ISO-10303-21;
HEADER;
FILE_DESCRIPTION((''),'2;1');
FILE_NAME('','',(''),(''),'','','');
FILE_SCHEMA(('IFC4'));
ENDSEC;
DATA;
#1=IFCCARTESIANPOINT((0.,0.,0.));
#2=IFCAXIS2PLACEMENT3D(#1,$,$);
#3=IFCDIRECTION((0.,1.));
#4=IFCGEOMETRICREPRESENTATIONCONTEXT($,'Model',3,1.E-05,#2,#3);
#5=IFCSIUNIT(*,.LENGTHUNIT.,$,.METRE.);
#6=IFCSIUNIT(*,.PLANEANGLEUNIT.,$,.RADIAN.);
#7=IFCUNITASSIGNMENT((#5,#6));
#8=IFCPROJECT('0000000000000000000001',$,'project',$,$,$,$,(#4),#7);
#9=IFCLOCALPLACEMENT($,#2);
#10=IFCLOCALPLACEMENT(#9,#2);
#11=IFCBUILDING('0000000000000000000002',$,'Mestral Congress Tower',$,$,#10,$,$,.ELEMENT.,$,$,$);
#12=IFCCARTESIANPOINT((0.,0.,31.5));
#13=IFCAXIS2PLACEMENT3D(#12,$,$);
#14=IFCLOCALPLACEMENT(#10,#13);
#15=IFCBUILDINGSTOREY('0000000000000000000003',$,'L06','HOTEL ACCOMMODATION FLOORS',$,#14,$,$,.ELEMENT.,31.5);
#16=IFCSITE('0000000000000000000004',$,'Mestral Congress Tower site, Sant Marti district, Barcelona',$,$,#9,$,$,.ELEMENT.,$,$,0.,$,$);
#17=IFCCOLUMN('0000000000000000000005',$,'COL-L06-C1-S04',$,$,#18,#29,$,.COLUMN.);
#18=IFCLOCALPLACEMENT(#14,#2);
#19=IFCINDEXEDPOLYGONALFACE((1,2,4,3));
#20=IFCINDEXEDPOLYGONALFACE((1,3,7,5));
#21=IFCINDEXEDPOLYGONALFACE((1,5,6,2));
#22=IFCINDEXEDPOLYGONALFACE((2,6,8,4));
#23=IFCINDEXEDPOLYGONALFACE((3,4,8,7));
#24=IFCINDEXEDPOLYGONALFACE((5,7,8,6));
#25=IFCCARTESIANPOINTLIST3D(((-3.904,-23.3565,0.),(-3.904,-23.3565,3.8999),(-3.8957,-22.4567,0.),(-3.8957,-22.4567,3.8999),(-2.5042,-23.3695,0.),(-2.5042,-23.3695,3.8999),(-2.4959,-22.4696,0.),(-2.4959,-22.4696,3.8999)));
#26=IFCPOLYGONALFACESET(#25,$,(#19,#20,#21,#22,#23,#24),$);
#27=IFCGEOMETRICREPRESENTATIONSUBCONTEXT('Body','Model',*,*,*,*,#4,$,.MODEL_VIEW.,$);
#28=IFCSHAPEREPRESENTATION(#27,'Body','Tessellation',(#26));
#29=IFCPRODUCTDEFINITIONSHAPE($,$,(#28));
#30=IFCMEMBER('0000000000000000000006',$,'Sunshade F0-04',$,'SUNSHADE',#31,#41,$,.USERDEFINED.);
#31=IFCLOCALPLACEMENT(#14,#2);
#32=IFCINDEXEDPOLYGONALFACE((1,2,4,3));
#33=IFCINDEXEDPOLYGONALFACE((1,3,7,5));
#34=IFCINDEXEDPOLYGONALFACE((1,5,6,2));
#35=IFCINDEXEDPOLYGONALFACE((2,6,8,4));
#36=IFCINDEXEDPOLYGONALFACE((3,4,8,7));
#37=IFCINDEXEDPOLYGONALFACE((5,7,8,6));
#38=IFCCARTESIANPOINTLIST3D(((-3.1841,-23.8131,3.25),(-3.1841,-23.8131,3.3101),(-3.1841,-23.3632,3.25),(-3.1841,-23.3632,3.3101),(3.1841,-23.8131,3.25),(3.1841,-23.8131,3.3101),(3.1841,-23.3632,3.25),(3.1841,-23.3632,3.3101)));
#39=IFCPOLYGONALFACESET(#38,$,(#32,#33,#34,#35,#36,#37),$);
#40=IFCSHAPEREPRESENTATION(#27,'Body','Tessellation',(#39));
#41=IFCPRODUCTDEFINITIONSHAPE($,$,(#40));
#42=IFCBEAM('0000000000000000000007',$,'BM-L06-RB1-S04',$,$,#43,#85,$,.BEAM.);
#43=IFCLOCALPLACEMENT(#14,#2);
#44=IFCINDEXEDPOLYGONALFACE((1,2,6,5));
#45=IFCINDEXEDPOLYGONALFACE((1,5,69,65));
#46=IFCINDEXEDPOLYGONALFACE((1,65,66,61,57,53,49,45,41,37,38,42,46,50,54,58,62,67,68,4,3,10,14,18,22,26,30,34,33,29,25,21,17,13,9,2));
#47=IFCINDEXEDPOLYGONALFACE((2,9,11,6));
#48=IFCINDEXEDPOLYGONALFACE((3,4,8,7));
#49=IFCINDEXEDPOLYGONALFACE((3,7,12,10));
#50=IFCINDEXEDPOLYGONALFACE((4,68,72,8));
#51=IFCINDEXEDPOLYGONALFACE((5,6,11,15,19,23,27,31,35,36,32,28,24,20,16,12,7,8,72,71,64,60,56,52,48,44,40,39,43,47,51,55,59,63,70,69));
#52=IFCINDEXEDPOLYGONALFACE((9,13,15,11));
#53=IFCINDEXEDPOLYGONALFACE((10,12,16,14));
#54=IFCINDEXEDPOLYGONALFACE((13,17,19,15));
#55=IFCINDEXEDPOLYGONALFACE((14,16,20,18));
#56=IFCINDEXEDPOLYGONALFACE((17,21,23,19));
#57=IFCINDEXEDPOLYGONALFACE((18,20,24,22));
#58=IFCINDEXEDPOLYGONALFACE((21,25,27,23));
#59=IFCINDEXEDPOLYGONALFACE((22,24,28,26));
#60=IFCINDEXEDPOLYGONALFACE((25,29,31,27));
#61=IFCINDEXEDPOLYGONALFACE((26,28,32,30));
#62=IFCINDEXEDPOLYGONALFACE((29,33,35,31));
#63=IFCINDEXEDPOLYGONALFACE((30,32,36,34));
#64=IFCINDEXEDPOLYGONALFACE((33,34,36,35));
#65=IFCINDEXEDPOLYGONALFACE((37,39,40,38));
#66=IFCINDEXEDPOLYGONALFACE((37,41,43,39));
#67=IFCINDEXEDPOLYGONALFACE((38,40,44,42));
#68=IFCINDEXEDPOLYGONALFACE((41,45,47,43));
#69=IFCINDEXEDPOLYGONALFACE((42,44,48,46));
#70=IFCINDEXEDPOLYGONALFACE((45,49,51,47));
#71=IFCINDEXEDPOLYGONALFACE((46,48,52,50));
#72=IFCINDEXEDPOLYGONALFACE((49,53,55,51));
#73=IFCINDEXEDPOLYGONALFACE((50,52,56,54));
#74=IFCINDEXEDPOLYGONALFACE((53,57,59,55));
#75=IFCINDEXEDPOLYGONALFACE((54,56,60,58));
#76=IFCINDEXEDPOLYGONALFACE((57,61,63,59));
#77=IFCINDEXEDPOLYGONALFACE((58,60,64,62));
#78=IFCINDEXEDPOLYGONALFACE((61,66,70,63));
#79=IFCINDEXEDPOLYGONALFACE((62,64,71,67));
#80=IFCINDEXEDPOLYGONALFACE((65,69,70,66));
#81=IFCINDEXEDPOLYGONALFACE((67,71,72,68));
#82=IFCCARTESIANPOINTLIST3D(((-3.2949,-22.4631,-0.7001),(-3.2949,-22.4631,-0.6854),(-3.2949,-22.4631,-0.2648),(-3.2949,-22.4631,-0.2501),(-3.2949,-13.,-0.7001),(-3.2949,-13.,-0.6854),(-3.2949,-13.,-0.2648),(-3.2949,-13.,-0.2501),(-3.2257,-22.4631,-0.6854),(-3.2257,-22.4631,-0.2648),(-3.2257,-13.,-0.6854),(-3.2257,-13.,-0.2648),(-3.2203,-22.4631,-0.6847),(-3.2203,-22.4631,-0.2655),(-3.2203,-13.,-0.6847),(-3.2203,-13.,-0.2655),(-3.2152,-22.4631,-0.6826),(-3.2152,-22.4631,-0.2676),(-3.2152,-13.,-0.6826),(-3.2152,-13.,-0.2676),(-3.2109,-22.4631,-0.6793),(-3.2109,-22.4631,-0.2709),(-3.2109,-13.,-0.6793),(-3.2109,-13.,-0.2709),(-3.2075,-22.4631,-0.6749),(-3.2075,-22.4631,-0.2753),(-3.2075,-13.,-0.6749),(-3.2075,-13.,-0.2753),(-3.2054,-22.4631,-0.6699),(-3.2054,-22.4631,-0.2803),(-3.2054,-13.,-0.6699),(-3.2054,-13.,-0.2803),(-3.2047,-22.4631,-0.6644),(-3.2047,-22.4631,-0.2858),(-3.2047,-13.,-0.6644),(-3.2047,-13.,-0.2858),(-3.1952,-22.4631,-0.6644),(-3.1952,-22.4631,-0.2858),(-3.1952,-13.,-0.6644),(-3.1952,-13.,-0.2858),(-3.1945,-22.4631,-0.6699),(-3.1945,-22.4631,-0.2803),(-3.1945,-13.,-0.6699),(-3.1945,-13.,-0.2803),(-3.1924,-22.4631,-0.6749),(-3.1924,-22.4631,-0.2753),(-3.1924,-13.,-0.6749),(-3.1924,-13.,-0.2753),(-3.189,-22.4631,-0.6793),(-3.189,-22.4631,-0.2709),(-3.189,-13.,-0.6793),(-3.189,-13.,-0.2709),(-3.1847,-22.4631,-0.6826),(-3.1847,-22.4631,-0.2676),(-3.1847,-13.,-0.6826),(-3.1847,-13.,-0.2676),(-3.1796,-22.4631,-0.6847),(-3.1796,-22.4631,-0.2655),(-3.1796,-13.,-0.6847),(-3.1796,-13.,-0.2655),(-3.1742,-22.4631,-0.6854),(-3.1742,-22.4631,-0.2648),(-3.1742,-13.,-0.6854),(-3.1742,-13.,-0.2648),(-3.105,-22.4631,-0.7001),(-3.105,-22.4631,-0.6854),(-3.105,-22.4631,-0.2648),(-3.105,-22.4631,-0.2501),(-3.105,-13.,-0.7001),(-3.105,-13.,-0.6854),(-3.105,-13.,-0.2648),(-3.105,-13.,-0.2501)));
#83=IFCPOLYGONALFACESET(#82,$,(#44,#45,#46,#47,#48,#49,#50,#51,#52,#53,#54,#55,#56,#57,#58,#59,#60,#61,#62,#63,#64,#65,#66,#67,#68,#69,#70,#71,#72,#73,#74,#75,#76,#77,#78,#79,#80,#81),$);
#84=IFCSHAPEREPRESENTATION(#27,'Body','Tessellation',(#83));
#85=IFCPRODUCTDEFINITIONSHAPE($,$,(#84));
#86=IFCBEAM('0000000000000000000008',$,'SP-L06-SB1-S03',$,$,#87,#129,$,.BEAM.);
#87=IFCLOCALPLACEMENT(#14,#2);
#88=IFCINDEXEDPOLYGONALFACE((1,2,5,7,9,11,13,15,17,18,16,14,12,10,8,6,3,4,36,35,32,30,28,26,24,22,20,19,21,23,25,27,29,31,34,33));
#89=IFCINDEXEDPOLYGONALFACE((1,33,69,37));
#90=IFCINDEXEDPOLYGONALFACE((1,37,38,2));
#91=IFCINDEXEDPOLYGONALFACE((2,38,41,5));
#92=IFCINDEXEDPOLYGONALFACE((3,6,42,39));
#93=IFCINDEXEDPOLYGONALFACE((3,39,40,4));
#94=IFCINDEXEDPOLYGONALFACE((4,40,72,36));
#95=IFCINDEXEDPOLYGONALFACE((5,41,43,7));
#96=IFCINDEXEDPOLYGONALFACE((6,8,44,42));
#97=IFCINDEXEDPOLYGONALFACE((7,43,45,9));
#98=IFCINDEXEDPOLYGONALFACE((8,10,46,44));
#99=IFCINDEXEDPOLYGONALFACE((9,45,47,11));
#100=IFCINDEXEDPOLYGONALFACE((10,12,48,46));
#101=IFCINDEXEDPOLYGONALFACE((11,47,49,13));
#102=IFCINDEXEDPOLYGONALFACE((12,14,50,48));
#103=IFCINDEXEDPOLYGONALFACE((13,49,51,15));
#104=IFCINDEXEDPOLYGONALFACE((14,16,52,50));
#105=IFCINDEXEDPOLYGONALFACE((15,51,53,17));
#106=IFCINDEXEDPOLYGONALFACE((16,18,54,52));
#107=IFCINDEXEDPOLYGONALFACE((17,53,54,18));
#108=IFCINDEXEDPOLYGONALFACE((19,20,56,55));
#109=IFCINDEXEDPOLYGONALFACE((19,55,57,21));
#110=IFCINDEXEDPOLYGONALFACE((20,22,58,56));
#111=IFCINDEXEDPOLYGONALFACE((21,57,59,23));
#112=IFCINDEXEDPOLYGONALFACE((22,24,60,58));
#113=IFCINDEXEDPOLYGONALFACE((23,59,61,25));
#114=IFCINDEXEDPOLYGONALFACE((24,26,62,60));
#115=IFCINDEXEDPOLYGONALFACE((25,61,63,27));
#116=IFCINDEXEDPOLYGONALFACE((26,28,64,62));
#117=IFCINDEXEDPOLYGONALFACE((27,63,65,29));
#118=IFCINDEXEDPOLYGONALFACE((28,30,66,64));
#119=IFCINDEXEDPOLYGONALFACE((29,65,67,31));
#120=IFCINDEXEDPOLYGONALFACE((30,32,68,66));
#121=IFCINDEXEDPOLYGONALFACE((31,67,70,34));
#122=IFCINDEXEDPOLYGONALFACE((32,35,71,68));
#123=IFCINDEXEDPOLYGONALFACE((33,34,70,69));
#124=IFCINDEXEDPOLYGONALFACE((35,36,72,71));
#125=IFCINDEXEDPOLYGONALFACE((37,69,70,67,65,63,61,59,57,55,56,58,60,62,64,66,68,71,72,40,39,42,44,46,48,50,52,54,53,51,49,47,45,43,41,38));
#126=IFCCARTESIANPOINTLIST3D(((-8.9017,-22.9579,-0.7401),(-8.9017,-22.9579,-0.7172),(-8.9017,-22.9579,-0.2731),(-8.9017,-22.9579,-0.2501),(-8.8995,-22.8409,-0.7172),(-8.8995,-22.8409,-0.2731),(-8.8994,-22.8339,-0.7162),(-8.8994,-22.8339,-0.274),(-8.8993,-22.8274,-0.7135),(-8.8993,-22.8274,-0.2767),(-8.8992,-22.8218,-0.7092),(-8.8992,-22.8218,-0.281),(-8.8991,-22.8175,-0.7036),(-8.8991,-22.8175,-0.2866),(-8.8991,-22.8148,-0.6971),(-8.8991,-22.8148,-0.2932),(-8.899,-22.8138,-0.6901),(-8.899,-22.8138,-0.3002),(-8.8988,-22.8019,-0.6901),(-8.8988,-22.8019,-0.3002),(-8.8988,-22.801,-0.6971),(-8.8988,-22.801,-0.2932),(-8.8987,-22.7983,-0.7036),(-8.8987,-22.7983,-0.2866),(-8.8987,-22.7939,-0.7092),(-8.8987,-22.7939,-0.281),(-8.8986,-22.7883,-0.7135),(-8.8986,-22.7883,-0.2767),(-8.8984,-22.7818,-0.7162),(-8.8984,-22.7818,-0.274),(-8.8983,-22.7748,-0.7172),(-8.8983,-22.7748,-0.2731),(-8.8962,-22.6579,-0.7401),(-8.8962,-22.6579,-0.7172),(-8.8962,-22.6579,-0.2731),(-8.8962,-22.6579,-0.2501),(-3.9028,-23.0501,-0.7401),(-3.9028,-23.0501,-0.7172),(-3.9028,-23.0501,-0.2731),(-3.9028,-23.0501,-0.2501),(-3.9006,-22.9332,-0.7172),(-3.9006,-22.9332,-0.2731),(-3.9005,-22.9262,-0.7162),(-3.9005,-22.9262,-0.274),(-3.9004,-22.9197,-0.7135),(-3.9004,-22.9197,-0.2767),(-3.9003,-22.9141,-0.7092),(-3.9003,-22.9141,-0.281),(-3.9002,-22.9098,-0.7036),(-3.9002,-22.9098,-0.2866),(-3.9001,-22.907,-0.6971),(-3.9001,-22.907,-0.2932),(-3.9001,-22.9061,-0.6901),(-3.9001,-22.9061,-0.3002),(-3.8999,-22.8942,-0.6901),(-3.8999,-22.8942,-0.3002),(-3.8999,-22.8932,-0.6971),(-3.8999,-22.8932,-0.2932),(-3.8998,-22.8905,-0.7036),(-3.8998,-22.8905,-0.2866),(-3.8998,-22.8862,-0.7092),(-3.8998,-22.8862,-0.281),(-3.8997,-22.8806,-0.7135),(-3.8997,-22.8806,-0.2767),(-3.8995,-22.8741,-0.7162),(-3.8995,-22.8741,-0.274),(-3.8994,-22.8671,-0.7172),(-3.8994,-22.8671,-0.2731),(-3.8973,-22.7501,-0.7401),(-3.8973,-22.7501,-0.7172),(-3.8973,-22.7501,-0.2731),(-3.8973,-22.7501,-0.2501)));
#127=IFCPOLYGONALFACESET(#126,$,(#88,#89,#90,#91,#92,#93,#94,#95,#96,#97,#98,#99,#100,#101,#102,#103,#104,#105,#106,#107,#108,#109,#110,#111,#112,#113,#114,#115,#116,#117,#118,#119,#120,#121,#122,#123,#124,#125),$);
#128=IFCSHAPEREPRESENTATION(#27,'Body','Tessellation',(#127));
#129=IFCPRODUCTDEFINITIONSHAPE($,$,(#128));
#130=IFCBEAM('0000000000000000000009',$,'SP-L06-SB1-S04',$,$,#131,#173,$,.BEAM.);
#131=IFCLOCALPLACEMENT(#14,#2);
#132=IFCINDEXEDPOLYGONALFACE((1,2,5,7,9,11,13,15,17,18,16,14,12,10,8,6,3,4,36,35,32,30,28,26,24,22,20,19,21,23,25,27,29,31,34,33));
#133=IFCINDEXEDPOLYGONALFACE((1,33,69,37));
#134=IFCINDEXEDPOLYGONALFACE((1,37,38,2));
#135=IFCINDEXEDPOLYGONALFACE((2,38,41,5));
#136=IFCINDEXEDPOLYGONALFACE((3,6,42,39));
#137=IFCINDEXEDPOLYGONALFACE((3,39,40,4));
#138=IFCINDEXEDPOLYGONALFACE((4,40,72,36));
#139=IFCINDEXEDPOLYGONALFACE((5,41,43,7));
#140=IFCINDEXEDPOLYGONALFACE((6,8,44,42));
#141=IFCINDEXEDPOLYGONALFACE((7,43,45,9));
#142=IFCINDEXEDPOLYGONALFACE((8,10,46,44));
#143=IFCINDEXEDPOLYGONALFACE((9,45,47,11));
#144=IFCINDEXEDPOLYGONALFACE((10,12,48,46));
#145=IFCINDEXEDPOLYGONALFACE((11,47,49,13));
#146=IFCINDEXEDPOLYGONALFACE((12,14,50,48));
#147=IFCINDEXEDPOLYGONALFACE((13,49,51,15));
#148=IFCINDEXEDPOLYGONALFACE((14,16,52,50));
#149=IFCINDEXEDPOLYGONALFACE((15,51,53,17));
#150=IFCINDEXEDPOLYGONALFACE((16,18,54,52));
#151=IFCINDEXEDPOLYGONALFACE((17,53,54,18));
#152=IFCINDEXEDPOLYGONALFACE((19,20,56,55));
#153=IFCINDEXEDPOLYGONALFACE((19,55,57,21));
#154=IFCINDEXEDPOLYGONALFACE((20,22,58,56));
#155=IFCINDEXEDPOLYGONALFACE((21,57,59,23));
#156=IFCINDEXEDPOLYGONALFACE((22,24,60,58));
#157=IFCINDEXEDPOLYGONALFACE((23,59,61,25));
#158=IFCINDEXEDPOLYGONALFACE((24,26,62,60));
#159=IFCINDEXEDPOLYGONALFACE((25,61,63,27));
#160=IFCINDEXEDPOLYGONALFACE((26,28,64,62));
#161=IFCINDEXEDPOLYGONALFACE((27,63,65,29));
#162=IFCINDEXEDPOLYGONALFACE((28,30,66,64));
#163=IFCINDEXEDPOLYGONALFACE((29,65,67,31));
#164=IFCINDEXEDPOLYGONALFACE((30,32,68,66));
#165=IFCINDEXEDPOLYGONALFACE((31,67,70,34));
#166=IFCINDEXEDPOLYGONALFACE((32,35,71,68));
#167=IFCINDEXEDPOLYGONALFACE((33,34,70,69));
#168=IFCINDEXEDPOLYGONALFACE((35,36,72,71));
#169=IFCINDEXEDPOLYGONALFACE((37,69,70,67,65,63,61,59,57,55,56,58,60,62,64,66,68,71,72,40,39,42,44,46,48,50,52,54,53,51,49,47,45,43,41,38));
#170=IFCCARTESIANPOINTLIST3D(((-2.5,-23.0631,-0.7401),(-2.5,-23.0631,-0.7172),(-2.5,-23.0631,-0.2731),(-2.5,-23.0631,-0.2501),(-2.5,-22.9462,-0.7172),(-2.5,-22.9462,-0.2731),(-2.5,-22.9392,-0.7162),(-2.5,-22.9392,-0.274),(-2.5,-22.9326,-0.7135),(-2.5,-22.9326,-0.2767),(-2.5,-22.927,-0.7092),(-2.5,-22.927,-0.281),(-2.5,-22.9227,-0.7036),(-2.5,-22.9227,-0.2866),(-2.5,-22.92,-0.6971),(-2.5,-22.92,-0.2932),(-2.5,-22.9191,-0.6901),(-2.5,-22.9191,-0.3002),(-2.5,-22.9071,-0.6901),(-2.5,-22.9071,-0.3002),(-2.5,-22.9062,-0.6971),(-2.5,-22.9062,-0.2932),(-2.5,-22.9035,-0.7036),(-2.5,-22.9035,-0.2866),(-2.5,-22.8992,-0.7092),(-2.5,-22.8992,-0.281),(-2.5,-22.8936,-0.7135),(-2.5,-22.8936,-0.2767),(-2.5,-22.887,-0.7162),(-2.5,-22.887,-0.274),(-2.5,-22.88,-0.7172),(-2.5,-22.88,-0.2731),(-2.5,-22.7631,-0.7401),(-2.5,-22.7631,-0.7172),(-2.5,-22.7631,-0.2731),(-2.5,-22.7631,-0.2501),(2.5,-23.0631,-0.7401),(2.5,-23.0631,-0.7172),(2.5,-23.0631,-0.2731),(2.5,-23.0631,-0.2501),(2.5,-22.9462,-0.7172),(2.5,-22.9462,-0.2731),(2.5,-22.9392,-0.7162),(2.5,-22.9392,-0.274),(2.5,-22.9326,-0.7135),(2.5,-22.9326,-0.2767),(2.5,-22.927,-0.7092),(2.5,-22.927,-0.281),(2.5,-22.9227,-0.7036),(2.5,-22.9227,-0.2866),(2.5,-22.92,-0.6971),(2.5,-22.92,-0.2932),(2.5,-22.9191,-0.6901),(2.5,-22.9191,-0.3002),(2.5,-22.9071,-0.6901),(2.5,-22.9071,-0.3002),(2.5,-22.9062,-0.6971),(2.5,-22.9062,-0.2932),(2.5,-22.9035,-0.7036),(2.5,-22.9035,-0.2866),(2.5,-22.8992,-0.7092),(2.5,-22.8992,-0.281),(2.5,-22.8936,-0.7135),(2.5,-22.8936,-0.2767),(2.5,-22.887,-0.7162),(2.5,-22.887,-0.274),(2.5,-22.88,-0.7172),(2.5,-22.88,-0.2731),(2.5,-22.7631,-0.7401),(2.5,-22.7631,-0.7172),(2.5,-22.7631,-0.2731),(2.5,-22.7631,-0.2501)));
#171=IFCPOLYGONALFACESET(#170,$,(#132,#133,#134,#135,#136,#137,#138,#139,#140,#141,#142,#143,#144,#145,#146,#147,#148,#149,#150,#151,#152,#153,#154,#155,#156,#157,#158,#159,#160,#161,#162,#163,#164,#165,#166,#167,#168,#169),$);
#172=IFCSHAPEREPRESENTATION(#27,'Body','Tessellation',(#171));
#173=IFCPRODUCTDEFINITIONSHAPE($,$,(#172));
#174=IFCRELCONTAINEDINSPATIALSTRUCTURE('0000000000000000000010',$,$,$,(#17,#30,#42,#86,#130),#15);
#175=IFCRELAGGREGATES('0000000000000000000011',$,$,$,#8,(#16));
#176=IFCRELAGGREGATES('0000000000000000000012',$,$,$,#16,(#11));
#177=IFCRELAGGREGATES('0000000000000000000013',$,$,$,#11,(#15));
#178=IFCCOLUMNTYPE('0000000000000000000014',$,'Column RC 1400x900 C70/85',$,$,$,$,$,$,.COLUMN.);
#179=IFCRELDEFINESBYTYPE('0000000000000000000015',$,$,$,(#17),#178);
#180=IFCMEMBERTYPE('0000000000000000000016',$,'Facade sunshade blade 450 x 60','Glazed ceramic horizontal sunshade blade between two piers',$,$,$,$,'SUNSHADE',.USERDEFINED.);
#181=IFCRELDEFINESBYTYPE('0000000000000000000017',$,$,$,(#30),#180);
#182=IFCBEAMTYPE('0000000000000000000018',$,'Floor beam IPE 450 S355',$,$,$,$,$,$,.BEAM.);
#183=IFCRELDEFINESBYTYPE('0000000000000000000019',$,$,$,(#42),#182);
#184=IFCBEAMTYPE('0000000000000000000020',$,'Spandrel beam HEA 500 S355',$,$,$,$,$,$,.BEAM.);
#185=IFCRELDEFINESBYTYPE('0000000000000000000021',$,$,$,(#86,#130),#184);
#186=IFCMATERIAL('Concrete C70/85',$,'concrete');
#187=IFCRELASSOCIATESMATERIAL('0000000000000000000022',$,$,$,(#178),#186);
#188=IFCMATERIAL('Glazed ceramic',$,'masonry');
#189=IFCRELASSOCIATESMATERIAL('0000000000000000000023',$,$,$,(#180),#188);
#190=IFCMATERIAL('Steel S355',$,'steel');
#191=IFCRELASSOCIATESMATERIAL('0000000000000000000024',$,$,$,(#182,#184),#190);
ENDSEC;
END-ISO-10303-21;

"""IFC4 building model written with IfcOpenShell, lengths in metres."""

from ifc_helpers import new_model, si_unit, direction, frame, origin, origin_2d, place, context, subcontext, project, spatial, rectangle, i_section, extrude, material, material_profile, profile_set, type_object, element, save


model = new_model("IFC4")

# Units and contexts
model_context = context("Model", 3, precision=1e-05, world=origin(), true_north=direction((0.0, 1.0)))
body_context = subcontext(model_context, "Body", "Model", "MODEL_VIEW")
ifc_project = project(units=[si_unit("LENGTHUNIT", "METRE"), si_unit("PLANEANGLEUNIT", "RADIAN")], contexts=[model_context])

# Site, building, storey
site_placement = place(None, origin())
site = spatial("IfcSite", under=ifc_project, at=site_placement, Name="Mestral Congress Tower site, Sant Marti district, Barcelona", CompositionType="ELEMENT", RefElevation=0.0)
building_placement = place(site_placement, origin())
building = spatial("IfcBuilding", under=site, at=building_placement, Name="Mestral Congress Tower", CompositionType="ELEMENT")
storey_placement = place(building_placement, frame((0.0, 0.0, 31.5)))
storey = spatial("IfcBuildingStorey", under=building, at=storey_placement, Name="L06", Description="HOTEL ACCOMMODATION FLOORS", CompositionType="ELEMENT", Elevation=31.5)

# Column
ifc_material_1 = material(Name="Concrete C70/85", Category="concrete")
ifc_material_profile_1 = material_profile(ifc_material_1, rectangle(XDim=1.3999, YDim=0.8999, at=origin_2d()), Name="RC 1400x900")
ifc_profile_set_1 = profile_set([ifc_material_profile_1], Name="Concrete C70/85")
column_type = type_object("IfcColumnType", Name="Column RC 1400x900 C70/85", PredefinedType="COLUMN", material=ifc_profile_set_1)
column_placement = place(storey_placement, frame((-3.2, -22.9131, 0.0), z_axis=(0.0, 0.0, 1.0), x_axis=(0.999957, -0.009243, 0.0)))
element("IfcColumn", 1, at=column_placement, inside=storey, type_object=column_type, Name="COL-L06-C1-S04", PredefinedType="COLUMN", context=body_context, shape_type="SweptSolid", body=[
    extrude(rectangle(XDim=1.3999, YDim=0.8999, at=origin_2d()), origin(), (0.0, 0.0, 1.0), 3.8999),
])

# Member
ifc_material_2 = material(Name="Glazed ceramic", Category="masonry")
ifc_material_profile_2 = material_profile(ifc_material_2, rectangle(XDim=0.45, YDim=0.0601, at=origin_2d()), Name="Ceramic blade 450 x 60")
ifc_profile_set_2 = profile_set([ifc_material_profile_2], Name="Glazed ceramic")
member_type = type_object("IfcMemberType", Name="Facade sunshade blade 450 x 60", Description="Glazed ceramic horizontal sunshade blade between two piers", ElementType="SUNSHADE", PredefinedType="USERDEFINED", material=ifc_profile_set_2)
member_placement = place(storey_placement, frame((-3.1841, -23.5881, 3.28), z_axis=(1.0, 0.0, 0.0), x_axis=(0.0, 1.0, 0.0)))
element("IfcMember", 2, at=member_placement, inside=storey, type_object=member_type, Name="Sunshade F0-04", ObjectType="SUNSHADE", PredefinedType="USERDEFINED", context=body_context, shape_type="SweptSolid", body=[
    extrude(rectangle(XDim=0.45, YDim=0.0601, at=origin_2d()), origin(), (0.0, 0.0, 1.0), 6.3682),
])

# Beams
ifc_material_3 = material(Name="Steel S355", Category="steel")
ifc_material_profile_3 = material_profile(ifc_material_3, i_section(OverallWidth=0.1899, OverallDepth=0.45, WebThickness=0.0095, FlangeThickness=0.0146, FilletRadius=0.021, at=origin_2d()), Name="IPE 450")
ifc_profile_set_3 = profile_set([ifc_material_profile_3], Name="Steel S355")
beam_type_1 = type_object("IfcBeamType", Name="Floor beam IPE 450 S355", PredefinedType="BEAM", material=ifc_profile_set_3)
beam_1_placement = place(storey_placement, frame((-3.2, -22.4631, -0.4751), z_axis=(0.0, 1.0, 0.0), x_axis=(-1.0, 0.0, 0.0)))
element("IfcBeam", 3, at=beam_1_placement, inside=storey, type_object=beam_type_1, Name="BM-L06-RB1-S04", PredefinedType="BEAM", context=body_context, shape_type="SweptSolid", body=[
    extrude(i_section(OverallWidth=0.1899, OverallDepth=0.45, WebThickness=0.0095, FlangeThickness=0.0146, FilletRadius=0.021, at=origin_2d()), origin(), (0.0, 0.0, 1.0), 9.4631),
])
ifc_material_profile_4 = material_profile(ifc_material_3, i_section(OverallWidth=0.3, OverallDepth=0.49, WebThickness=0.012, FlangeThickness=0.0229, FilletRadius=0.0271, at=origin_2d()), Name="HEA 500")
ifc_profile_set_4 = profile_set([ifc_material_profile_4], Name="Steel S355")
beam_type_2 = type_object("IfcBeamType", Name="Spandrel beam HEA 500 S355", PredefinedType="BEAM", material=ifc_profile_set_4)
beam_2_placement = place(storey_placement, frame((-8.8989, -22.8079, -0.4951), z_axis=(0.99983, -0.018457, 0.0), x_axis=(0.018457, 0.99983, 0.0)))
element("IfcBeam", 4, at=beam_2_placement, inside=storey, type_object=beam_type_2, Name="SP-L06-SB1-S03", PredefinedType="BEAM", context=body_context, shape_type="SweptSolid", body=[
    extrude(i_section(OverallWidth=0.3, OverallDepth=0.49, WebThickness=0.012, FlangeThickness=0.0229, FilletRadius=0.0271, at=origin_2d()), origin(), (0.0, 0.0, 1.0), 4.9998),
])
beam_3_placement = place(storey_placement, frame((-2.5, -22.9131, -0.4951), z_axis=(1.0, 0.0, 0.0), x_axis=(0.0, 1.0, 0.0)))
element("IfcBeam", 5, at=beam_3_placement, inside=storey, type_object=beam_type_2, Name="SP-L06-SB1-S04", PredefinedType="BEAM", context=body_context, shape_type="SweptSolid", body=[
    extrude(i_section(OverallWidth=0.3, OverallDepth=0.49, WebThickness=0.012, FlangeThickness=0.0229, FilletRadius=0.0271, at=origin_2d()), origin(), (0.0, 0.0, 1.0), 5.0),
])

save(model, "model.ifc")
